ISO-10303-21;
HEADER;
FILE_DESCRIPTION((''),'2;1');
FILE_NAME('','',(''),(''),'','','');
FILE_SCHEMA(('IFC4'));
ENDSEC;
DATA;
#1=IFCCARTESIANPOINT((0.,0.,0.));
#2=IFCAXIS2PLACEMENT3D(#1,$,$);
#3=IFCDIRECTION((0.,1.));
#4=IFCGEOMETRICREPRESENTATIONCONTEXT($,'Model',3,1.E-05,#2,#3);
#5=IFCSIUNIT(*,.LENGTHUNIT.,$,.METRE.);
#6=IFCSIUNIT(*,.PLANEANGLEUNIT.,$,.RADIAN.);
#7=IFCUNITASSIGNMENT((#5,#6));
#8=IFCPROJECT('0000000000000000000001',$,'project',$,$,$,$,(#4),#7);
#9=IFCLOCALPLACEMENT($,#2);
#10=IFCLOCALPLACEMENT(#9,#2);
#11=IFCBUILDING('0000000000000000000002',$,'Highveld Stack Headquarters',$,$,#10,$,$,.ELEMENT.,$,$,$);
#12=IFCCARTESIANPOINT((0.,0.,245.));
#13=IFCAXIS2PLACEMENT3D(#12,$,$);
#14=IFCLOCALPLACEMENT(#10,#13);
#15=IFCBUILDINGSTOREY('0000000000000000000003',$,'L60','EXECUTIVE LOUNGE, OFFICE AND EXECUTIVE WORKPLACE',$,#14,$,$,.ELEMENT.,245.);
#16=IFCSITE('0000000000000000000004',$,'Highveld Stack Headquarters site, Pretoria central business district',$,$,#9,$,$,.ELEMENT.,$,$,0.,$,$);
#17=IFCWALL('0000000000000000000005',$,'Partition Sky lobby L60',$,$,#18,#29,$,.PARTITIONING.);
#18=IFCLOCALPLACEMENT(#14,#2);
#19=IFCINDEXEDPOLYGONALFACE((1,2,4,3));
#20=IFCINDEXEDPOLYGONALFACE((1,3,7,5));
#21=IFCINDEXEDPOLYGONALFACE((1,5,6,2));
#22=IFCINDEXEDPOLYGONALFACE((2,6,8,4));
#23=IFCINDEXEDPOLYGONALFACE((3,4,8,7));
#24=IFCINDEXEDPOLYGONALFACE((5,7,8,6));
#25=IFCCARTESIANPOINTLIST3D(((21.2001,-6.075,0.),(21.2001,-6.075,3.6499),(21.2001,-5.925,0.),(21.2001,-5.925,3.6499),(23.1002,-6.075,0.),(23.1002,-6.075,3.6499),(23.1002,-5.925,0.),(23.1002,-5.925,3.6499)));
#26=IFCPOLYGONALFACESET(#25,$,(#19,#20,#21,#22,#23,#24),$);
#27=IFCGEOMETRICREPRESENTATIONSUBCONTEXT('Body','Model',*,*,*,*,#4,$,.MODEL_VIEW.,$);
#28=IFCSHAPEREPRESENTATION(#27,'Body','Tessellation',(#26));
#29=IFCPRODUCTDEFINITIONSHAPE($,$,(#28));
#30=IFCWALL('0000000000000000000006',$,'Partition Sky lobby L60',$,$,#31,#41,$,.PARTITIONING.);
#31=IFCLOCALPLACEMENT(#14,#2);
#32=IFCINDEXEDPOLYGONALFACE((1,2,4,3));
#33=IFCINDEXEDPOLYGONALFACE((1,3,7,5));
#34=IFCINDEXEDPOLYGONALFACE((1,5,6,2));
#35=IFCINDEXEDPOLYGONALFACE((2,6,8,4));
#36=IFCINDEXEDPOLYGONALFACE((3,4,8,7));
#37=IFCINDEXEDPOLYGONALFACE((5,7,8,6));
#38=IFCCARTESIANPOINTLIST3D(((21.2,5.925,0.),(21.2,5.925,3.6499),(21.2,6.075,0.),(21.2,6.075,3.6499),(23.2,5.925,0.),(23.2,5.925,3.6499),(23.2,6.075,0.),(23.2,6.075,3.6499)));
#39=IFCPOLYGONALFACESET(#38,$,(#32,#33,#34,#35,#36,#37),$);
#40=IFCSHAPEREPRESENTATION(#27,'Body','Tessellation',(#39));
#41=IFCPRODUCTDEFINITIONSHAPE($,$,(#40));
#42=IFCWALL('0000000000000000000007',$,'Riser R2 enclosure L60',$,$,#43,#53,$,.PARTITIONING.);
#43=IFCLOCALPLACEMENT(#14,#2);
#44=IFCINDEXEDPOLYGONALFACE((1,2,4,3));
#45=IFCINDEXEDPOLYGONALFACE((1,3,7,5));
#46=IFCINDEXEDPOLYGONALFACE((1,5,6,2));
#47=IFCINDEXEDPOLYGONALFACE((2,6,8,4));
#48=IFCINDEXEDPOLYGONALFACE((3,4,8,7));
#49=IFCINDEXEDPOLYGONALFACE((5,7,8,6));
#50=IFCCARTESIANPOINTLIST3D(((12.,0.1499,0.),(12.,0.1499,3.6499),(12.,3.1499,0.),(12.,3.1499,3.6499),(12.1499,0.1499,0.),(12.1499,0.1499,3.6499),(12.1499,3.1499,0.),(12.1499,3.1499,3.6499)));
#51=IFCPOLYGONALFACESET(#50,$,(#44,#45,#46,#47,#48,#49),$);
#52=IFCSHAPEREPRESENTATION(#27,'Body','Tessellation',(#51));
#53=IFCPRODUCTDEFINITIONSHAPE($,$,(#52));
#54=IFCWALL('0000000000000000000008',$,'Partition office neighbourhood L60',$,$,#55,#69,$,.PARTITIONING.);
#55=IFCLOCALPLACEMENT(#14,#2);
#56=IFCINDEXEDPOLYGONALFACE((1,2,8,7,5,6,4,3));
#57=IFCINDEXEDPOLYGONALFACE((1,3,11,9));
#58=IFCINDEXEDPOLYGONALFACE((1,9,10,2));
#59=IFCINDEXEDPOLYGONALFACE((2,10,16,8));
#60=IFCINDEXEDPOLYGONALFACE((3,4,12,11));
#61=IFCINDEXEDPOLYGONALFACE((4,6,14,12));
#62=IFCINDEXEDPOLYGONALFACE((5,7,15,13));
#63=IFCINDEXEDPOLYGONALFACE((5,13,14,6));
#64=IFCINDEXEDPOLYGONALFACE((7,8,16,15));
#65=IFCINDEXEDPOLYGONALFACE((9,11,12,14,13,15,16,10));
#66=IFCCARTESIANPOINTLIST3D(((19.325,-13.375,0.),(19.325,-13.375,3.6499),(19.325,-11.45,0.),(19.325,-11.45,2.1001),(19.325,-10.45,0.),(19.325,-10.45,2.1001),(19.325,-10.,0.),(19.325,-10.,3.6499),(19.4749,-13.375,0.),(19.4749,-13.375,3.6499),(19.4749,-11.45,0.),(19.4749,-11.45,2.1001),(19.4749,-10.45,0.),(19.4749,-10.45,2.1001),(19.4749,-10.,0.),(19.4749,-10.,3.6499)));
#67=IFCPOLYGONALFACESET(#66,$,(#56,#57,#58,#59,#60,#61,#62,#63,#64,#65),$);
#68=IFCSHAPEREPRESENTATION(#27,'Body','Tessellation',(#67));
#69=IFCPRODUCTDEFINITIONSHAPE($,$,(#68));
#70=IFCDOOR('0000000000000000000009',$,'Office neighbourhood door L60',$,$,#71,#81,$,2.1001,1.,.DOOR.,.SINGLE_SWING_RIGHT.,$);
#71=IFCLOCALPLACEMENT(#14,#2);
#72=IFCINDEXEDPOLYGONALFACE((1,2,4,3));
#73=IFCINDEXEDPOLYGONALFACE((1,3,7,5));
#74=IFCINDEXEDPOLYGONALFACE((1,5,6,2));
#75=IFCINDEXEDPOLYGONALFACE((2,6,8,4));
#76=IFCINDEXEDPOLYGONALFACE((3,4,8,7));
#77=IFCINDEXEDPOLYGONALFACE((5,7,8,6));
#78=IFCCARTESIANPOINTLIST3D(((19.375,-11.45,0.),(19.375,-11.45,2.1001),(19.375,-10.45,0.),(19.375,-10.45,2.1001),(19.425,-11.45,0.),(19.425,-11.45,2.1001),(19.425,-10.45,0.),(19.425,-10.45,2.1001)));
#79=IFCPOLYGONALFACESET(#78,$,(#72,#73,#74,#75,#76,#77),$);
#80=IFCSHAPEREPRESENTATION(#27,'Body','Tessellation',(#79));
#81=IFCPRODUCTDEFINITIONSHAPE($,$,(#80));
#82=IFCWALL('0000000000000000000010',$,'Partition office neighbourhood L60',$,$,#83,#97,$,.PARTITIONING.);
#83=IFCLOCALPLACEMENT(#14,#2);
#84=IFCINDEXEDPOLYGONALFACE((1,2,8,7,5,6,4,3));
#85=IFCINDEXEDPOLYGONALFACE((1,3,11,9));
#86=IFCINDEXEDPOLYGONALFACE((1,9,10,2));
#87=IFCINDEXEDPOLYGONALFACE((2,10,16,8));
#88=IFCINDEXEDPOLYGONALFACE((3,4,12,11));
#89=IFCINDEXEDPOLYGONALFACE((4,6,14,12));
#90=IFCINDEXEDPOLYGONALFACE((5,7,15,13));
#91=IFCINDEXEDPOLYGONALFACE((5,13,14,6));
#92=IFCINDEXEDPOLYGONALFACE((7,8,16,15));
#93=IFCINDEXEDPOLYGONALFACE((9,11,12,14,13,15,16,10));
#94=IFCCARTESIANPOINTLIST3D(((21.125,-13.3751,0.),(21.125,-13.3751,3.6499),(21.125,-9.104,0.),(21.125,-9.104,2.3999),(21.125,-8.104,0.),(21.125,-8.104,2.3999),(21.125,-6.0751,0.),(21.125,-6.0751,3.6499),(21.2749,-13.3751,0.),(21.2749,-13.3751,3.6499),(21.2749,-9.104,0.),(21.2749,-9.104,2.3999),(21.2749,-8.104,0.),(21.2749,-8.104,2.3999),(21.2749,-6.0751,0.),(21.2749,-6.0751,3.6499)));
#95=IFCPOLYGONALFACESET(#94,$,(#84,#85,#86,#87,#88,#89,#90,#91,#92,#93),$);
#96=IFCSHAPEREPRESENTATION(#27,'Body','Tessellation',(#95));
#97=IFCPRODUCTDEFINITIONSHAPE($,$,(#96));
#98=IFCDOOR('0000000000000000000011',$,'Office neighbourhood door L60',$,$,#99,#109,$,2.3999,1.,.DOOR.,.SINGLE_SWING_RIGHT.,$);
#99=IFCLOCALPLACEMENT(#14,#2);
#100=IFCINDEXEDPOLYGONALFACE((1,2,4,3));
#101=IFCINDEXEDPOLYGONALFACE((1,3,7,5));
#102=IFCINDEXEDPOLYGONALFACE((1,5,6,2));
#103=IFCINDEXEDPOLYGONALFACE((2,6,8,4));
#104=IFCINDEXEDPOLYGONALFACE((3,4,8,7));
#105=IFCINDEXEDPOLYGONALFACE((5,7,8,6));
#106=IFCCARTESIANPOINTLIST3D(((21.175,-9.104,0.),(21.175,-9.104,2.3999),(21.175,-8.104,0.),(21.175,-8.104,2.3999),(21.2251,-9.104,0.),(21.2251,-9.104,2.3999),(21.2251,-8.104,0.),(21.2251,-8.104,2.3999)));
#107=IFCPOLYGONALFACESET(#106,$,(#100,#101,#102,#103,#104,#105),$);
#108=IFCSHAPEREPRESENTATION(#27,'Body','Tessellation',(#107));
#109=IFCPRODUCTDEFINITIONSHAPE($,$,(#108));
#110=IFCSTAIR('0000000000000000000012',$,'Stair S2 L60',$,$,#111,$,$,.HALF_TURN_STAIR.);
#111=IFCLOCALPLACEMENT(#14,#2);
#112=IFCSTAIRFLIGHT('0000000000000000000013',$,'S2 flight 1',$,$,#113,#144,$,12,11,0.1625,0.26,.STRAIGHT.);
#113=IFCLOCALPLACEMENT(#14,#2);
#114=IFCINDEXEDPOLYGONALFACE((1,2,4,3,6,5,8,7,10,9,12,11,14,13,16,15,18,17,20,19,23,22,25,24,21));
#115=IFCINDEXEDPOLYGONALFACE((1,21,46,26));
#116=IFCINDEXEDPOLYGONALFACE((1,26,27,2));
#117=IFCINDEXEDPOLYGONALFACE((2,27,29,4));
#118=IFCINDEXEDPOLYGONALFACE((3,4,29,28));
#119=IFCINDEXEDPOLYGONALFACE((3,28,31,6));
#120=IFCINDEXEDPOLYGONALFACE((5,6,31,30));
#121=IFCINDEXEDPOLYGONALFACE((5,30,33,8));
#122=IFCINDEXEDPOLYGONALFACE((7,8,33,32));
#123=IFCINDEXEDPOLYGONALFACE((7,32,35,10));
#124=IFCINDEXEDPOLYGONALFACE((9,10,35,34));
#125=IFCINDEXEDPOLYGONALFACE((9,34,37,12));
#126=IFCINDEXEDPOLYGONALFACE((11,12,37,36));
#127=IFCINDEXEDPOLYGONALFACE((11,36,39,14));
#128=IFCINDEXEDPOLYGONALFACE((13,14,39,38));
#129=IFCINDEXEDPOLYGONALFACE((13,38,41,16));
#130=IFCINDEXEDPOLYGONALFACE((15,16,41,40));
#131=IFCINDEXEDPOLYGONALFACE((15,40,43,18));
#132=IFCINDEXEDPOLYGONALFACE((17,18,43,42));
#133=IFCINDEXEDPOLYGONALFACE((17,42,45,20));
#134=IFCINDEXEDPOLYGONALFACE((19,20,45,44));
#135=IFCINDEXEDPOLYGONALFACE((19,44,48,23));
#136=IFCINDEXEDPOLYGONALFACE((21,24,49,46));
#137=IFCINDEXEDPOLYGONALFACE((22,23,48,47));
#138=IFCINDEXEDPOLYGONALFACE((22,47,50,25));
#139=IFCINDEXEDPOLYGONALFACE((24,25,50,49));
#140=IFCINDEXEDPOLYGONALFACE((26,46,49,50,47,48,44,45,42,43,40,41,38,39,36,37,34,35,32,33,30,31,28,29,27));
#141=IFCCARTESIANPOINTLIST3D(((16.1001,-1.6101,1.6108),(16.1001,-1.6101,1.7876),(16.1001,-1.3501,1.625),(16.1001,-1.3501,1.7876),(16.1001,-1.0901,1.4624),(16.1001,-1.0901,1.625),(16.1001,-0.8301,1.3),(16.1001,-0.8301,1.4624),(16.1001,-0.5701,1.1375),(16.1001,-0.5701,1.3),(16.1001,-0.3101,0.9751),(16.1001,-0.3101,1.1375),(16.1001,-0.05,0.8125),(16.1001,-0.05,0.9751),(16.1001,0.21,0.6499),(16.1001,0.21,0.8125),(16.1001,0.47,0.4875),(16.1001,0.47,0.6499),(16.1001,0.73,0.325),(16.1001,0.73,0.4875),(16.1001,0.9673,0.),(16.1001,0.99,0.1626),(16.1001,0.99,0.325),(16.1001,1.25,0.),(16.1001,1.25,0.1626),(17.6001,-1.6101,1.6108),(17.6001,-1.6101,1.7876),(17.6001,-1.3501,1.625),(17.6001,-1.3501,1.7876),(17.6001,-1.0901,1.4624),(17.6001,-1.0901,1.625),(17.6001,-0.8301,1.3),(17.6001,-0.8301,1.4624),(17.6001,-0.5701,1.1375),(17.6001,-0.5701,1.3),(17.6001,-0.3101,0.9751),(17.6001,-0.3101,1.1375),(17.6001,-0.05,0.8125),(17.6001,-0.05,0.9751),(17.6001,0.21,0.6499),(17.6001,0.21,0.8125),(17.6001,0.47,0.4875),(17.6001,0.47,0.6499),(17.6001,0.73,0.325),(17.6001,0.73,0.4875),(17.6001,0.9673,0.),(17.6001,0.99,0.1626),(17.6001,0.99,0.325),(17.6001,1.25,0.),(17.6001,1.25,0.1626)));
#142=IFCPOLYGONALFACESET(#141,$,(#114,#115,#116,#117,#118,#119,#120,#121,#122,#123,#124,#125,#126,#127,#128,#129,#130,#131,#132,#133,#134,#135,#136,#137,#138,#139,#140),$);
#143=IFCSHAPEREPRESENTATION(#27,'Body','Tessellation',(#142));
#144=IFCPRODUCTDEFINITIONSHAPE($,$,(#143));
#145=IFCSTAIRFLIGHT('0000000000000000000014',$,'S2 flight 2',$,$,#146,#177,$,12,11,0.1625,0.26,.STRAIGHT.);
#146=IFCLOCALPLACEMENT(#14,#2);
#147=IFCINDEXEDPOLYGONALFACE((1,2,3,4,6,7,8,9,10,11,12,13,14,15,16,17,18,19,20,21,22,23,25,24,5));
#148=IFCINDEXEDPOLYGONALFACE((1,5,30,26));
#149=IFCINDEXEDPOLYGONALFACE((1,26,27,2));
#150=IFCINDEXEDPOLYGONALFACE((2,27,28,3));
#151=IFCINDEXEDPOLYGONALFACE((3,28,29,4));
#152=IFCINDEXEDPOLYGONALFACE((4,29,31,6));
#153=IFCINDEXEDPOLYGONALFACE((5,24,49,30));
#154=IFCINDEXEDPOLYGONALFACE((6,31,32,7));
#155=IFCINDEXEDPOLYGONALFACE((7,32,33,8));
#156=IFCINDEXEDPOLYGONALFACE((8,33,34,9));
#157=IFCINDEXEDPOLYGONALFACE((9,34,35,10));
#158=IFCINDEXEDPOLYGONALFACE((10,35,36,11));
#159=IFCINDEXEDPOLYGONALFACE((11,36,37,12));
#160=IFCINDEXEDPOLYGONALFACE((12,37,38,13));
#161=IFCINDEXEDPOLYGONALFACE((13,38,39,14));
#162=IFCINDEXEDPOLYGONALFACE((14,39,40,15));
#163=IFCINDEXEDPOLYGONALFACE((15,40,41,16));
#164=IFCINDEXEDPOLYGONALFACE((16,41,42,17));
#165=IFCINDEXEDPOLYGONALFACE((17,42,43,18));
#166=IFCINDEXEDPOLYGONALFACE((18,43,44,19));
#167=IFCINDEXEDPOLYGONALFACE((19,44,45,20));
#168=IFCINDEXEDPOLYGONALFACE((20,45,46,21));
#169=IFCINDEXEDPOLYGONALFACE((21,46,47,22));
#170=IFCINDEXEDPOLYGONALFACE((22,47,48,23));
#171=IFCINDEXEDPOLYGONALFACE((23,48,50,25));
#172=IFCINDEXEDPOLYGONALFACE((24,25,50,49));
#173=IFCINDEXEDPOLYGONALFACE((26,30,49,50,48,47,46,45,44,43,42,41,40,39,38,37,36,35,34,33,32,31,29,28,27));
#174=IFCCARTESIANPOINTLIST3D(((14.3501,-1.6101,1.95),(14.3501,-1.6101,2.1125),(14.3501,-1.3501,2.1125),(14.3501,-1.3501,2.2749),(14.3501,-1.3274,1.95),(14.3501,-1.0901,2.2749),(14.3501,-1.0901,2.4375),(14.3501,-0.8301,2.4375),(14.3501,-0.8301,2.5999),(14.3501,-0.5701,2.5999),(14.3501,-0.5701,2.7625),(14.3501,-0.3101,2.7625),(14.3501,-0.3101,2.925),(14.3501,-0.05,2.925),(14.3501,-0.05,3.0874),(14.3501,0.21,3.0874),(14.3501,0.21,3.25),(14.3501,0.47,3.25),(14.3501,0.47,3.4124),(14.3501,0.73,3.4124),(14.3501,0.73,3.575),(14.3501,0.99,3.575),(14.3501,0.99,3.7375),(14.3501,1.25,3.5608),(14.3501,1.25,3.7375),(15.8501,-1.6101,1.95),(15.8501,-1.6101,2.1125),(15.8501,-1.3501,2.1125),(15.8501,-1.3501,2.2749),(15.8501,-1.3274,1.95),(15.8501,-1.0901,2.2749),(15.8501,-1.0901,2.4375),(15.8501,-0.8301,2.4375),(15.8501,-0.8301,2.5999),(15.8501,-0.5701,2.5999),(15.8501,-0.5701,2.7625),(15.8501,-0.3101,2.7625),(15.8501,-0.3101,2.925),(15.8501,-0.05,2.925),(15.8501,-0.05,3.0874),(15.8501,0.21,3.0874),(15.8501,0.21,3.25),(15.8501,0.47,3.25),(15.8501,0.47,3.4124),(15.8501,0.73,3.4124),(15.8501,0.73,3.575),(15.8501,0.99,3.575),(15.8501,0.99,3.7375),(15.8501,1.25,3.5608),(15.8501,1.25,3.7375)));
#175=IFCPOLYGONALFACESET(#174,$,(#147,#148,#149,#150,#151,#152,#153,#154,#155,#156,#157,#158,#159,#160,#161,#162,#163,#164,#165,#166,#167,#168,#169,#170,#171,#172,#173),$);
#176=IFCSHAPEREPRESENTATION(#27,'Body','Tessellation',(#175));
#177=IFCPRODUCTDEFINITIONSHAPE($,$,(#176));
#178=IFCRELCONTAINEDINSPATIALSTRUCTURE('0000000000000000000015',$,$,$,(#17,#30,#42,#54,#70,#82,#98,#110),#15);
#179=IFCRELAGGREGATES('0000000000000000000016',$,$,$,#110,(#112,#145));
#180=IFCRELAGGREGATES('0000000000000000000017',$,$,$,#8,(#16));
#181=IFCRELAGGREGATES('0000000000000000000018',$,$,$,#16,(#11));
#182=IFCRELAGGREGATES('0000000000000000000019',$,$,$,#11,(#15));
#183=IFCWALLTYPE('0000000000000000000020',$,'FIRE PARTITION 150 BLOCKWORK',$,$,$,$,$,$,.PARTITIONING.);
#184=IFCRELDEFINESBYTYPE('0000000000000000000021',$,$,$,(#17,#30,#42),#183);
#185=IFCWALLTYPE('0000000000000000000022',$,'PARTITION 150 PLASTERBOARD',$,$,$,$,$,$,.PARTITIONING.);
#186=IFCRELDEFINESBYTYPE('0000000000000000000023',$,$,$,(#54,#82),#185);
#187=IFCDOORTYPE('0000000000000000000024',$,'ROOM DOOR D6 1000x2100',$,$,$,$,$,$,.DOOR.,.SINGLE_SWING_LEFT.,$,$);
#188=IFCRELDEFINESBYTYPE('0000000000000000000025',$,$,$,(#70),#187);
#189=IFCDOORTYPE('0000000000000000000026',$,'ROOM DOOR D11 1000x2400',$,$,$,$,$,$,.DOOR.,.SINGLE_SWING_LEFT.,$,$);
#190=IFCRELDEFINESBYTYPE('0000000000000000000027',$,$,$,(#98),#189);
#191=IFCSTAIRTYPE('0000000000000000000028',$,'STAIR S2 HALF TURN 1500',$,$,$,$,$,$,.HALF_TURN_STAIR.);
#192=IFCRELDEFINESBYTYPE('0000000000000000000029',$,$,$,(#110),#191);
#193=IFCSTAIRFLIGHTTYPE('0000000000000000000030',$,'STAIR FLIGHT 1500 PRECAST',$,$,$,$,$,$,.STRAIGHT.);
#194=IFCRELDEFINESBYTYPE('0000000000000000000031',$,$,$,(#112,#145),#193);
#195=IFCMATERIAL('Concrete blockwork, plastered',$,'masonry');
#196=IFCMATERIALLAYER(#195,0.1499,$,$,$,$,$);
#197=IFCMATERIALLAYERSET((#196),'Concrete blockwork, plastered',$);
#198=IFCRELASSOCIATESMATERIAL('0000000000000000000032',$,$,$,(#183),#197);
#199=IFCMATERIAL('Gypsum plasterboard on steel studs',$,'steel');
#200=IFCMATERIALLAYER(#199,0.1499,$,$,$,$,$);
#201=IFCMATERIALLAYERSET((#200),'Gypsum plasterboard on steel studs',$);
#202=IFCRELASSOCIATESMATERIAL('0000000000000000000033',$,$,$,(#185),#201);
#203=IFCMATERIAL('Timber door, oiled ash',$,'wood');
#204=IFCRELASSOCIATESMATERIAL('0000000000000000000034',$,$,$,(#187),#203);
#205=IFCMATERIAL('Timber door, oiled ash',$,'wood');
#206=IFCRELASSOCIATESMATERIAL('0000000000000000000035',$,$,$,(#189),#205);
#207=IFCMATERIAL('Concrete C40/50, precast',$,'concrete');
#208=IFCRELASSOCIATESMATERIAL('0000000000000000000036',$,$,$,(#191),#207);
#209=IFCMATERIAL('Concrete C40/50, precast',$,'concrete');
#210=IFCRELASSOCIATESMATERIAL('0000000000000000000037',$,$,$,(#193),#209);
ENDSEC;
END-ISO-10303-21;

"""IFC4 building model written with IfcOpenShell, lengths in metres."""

from ifc_helpers import new_model, si_unit, direction, frame, frame_2d, origin, place, context, subcontext, project, spatial, polyline, rectangle, outline, extrude, material, layer, layer_set, type_object, element, fill, aggregate, save


model = new_model("IFC4")

# Units and contexts
model_context = context("Model", 3, precision=1e-05, world=origin(), true_north=direction((0.0, 1.0)))
body_context = subcontext(model_context, "Body", "Model", "MODEL_VIEW")
ifc_project = project(units=[si_unit("LENGTHUNIT", "METRE"), si_unit("PLANEANGLEUNIT", "RADIAN")], contexts=[model_context])

# Site, building, storey
site_placement = place(None, origin())
site = spatial("IfcSite", under=ifc_project, at=site_placement, Name="Highveld Stack Headquarters site, Pretoria central business district", CompositionType="ELEMENT", RefElevation=0.0)
building_placement = place(site_placement, origin())
building = spatial("IfcBuilding", under=site, at=building_placement, Name="Highveld Stack Headquarters", CompositionType="ELEMENT")
storey_placement = place(building_placement, frame((0.0, 0.0, 245.0)))
storey = spatial("IfcBuildingStorey", under=building, at=storey_placement, Name="L60", Description="EXECUTIVE LOUNGE, OFFICE AND EXECUTIVE WORKPLACE", CompositionType="ELEMENT", Elevation=245.0)

# Walls
ifc_material_1 = material(Name="Concrete blockwork, plastered", Category="masonry")
ifc_layer_1 = layer(ifc_material_1, 0.1499)
ifc_layer_set_1 = layer_set([ifc_layer_1], Name="Concrete blockwork, plastered")
wall_type_1 = type_object("IfcWallType", Name="FIRE PARTITION 150 BLOCKWORK", PredefinedType="PARTITIONING", material=ifc_layer_set_1)
wall_1_placement = place(storey_placement, frame((21.2, -6.0, 0.0), z_axis=(0.0, 0.0, 1.0), x_axis=(1.0, 0.0, 0.0)))
element("IfcWall", 1, at=wall_1_placement, inside=storey, type_object=wall_type_1, Name="Partition Sky lobby L60", PredefinedType="PARTITIONING", context=body_context, shape_type="SweptSolid", body=[
    extrude(rectangle(XDim=1.9001, YDim=0.1499, at=frame_2d((0.9502, 0.0))), origin(), (0.0, 0.0, 1.0), 3.6499),
])
wall_2_placement = place(storey_placement, frame((21.2, 6.0, 0.0), z_axis=(0.0, 0.0, 1.0), x_axis=(1.0, 0.0, 0.0)))
element("IfcWall", 2, at=wall_2_placement, inside=storey, type_object=wall_type_1, Name="Partition Sky lobby L60", PredefinedType="PARTITIONING", context=body_context, shape_type="SweptSolid", body=[
    extrude(rectangle(XDim=2.0, YDim=0.1499, at=frame_2d((1.0, 0.0))), origin(), (0.0, 0.0, 1.0), 3.6499),
])

# Wall
wall_3_placement = place(storey_placement, frame((12.075, 0.1499, 0.0), z_axis=(0.0, 0.0, 1.0), x_axis=(0.0, 1.0, 0.0)))
element("IfcWall", 3, at=wall_3_placement, inside=storey, type_object=wall_type_1, Name="Riser R2 enclosure L60", PredefinedType="PARTITIONING", context=body_context, shape_type="SweptSolid", body=[
    extrude(rectangle(XDim=3.0, YDim=0.1499, at=frame_2d((1.5, 0.0))), origin(), (0.0, 0.0, 1.0), 3.6499),
])

# Walls, openings, doors
ifc_material_2 = material(Name="Gypsum plasterboard on steel studs", Category="steel")
ifc_layer_2 = layer(ifc_material_2, 0.1499)
ifc_layer_set_2 = layer_set([ifc_layer_2], Name="Gypsum plasterboard on steel studs")
wall_type_2 = type_object("IfcWallType", Name="PARTITION 150 PLASTERBOARD", PredefinedType="PARTITIONING", material=ifc_layer_set_2)
wall_4_placement = place(storey_placement, frame((19.3999, -13.375, 0.0), z_axis=(0.0, 0.0, 1.0), x_axis=(0.0, 1.0, 0.0)))
wall_4 = element("IfcWall", 4, at=wall_4_placement, inside=storey, type_object=wall_type_2, Name="Partition office neighbourhood L60", PredefinedType="PARTITIONING", context=body_context, shape_type="SweptSolid", body=[
    extrude(rectangle(XDim=3.375, YDim=0.1499, at=frame_2d((1.6875, 0.0))), origin(), (0.0, 0.0, 1.0), 3.6499),
])
opening_1_placement = place(wall_4_placement, frame((1.925, 0.0, 0.0)))
opening_1 = element("IfcOpeningElement", 5, at=opening_1_placement, cuts=wall_4, PredefinedType="OPENING", context=body_context, shape_type="SweptSolid", body=[
    extrude(rectangle(XDim=1.0, YDim=2.1001, at=frame_2d((0.5, 1.05))), frame((0.0, 0.085, 0.0), z_axis=(0.0, -1.0, 0.0), x_axis=(1.0, 0.0, 0.0)), (0.0, 0.0, 1.0), 0.1699),
])
ifc_material_3 = material(Name="Timber door, oiled ash", Category="wood")
door_type_1 = type_object("IfcDoorType", Name="ROOM DOOR D6 1000x2100", OperationType="SINGLE_SWING_LEFT", PredefinedType="DOOR", material=ifc_material_3)
door_1_placement = place(opening_1_placement, origin())
door_1 = element("IfcDoor", 6, at=door_1_placement, inside=storey, type_object=door_type_1, Name="Office neighbourhood door L60", OperationType="SINGLE_SWING_RIGHT", OverallHeight=2.1001, OverallWidth=1.0, PredefinedType="DOOR", context=body_context, shape_type="SweptSolid", body=[
    extrude(rectangle(XDim=1.0, YDim=2.1001, at=frame_2d((0.5, 1.05))), frame((0.0, 0.0249, 0.0), z_axis=(0.0, -1.0, 0.0), x_axis=(1.0, 0.0, 0.0)), (0.0, 0.0, 1.0), 0.05),
])
fill(opening_1, door_1)
wall_5_placement = place(storey_placement, frame((21.2, -13.375, 0.0), z_axis=(0.0, 0.0, 1.0), x_axis=(0.0, 1.0, 0.0)))
wall_5 = element("IfcWall", 7, at=wall_5_placement, inside=storey, type_object=wall_type_2, Name="Partition office neighbourhood L60", PredefinedType="PARTITIONING", context=body_context, shape_type="SweptSolid", body=[
    extrude(rectangle(XDim=7.3, YDim=0.1499, at=frame_2d((3.6499, 0.0))), origin(), (0.0, 0.0, 1.0), 3.6499),
])
opening_2_placement = place(wall_5_placement, frame((4.271, 0.0, 0.0)))
opening_2 = element("IfcOpeningElement", 8, at=opening_2_placement, cuts=wall_5, PredefinedType="OPENING", context=body_context, shape_type="SweptSolid", body=[
    extrude(rectangle(XDim=1.0, YDim=2.3999, at=frame_2d((0.5, 1.2))), frame((0.0, 0.085, 0.0), z_axis=(0.0, -1.0, 0.0), x_axis=(1.0, 0.0, 0.0)), (0.0, 0.0, 1.0), 0.1699),
])
ifc_material_4 = material(Name="Timber door, oiled ash", Category="wood")
door_type_2 = type_object("IfcDoorType", Name="ROOM DOOR D11 1000x2400", OperationType="SINGLE_SWING_LEFT", PredefinedType="DOOR", material=ifc_material_4)
door_2_placement = place(opening_2_placement, origin())
door_2 = element("IfcDoor", 9, at=door_2_placement, inside=storey, type_object=door_type_2, Name="Office neighbourhood door L60", OperationType="SINGLE_SWING_RIGHT", OverallHeight=2.3999, OverallWidth=1.0, PredefinedType="DOOR", context=body_context, shape_type="SweptSolid", body=[
    extrude(rectangle(XDim=1.0, YDim=2.3999, at=frame_2d((0.5, 1.2))), frame((0.0, 0.0249, 0.0), z_axis=(0.0, -1.0, 0.0), x_axis=(1.0, 0.0, 0.0)), (0.0, 0.0, 1.0), 0.05),
])
fill(opening_2, door_2)

# Stair, stair flights
ifc_material_5 = material(Name="Concrete C40/50, precast", Category="concrete")
stair_type = type_object("IfcStairType", Name="STAIR S2 HALF TURN 1500", PredefinedType="HALF_TURN_STAIR", material=ifc_material_5)
stair_placement = place(storey_placement, origin())
stair = element("IfcStair", 10, at=stair_placement, inside=storey, type_object=stair_type, Name="Stair S2 L60", PredefinedType="HALF_TURN_STAIR")
ifc_material_6 = material(Name="Concrete C40/50, precast", Category="concrete")
stair_flight_type = type_object("IfcStairFlightType", Name="STAIR FLIGHT 1500 PRECAST", PredefinedType="STRAIGHT", material=ifc_material_6)
stair_flight_1_placement = place(storey_placement, frame((16.8501, 1.25, 0.0), z_axis=(0.0, 0.0, 1.0), x_axis=(0.0, -1.0, 0.0)))
stair_flight_1 = element("IfcStairFlight", 11, at=stair_flight_1_placement, type_object=stair_flight_type, Name="S2 flight 1", NumberOfRisers=12, NumberOfTreads=11, PredefinedType="STRAIGHT", RiserHeight=0.1625, TreadLength=0.26, context=body_context, shape_type="SweptSolid", body=[
    extrude(outline(polyline([(0.0, 0.0), (0.0, 0.1626), (0.26, 0.1626), (0.26, 0.325), (0.52, 0.325), (0.52, 0.4875), (0.78, 0.4875), (0.78, 0.6499), (1.04, 0.6499), (1.04, 0.8125), (1.3, 0.8125), (1.3, 0.9751), (1.5601, 0.9751), (1.5601, 1.1375), (1.8201, 1.1375), (1.8201, 1.3), (2.0801, 1.3), (2.0801, 1.4624), (2.3401, 1.4624), (2.3401, 1.625), (2.6001, 1.625), (2.6001, 1.7876), (2.8601, 1.7876), (2.8601, 1.95), (2.8601, 1.6108), (0.2827, 0.0), (0.0, 0.0)])), frame((0.0, 0.75, 0.0), z_axis=(0.0, -1.0, 0.0), x_axis=(1.0, 0.0, 0.0)), (0.0, 0.0, 1.0), 1.5),
])
stair_flight_2_placement = place(storey_placement, frame((15.1001, -1.6101, 1.95), z_axis=(0.0, 0.0, 1.0), x_axis=(0.0, 1.0, 0.0)))
stair_flight_2 = element("IfcStairFlight", 12, at=stair_flight_2_placement, type_object=stair_flight_type, Name="S2 flight 2", NumberOfRisers=12, NumberOfTreads=11, PredefinedType="STRAIGHT", RiserHeight=0.1625, TreadLength=0.26, context=body_context, shape_type="SweptSolid", body=[
    extrude(outline(polyline([(0.0, 0.0), (0.0, 0.1626), (0.26, 0.1626), (0.26, 0.325), (0.52, 0.325), (0.52, 0.4875), (0.78, 0.4875), (0.78, 0.6499), (1.04, 0.6499), (1.04, 0.8125), (1.3, 0.8125), (1.3, 0.9751), (1.5601, 0.9751), (1.5601, 1.1375), (1.8201, 1.1375), (1.8201, 1.3), (2.0801, 1.3), (2.0801, 1.4624), (2.3401, 1.4624), (2.3401, 1.625), (2.6001, 1.625), (2.6001, 1.7876), (2.8601, 1.7876), (2.8601, 1.95), (2.8601, 1.6108), (0.2827, 0.0), (0.0, 0.0)])), frame((0.0, 0.75, 0.0), z_axis=(0.0, -1.0, 0.0), x_axis=(1.0, 0.0, 0.0)), (0.0, 0.0, 1.0), 1.5),
])
aggregate(stair, [stair_flight_1, stair_flight_2])

save(model, "model.ifc")
